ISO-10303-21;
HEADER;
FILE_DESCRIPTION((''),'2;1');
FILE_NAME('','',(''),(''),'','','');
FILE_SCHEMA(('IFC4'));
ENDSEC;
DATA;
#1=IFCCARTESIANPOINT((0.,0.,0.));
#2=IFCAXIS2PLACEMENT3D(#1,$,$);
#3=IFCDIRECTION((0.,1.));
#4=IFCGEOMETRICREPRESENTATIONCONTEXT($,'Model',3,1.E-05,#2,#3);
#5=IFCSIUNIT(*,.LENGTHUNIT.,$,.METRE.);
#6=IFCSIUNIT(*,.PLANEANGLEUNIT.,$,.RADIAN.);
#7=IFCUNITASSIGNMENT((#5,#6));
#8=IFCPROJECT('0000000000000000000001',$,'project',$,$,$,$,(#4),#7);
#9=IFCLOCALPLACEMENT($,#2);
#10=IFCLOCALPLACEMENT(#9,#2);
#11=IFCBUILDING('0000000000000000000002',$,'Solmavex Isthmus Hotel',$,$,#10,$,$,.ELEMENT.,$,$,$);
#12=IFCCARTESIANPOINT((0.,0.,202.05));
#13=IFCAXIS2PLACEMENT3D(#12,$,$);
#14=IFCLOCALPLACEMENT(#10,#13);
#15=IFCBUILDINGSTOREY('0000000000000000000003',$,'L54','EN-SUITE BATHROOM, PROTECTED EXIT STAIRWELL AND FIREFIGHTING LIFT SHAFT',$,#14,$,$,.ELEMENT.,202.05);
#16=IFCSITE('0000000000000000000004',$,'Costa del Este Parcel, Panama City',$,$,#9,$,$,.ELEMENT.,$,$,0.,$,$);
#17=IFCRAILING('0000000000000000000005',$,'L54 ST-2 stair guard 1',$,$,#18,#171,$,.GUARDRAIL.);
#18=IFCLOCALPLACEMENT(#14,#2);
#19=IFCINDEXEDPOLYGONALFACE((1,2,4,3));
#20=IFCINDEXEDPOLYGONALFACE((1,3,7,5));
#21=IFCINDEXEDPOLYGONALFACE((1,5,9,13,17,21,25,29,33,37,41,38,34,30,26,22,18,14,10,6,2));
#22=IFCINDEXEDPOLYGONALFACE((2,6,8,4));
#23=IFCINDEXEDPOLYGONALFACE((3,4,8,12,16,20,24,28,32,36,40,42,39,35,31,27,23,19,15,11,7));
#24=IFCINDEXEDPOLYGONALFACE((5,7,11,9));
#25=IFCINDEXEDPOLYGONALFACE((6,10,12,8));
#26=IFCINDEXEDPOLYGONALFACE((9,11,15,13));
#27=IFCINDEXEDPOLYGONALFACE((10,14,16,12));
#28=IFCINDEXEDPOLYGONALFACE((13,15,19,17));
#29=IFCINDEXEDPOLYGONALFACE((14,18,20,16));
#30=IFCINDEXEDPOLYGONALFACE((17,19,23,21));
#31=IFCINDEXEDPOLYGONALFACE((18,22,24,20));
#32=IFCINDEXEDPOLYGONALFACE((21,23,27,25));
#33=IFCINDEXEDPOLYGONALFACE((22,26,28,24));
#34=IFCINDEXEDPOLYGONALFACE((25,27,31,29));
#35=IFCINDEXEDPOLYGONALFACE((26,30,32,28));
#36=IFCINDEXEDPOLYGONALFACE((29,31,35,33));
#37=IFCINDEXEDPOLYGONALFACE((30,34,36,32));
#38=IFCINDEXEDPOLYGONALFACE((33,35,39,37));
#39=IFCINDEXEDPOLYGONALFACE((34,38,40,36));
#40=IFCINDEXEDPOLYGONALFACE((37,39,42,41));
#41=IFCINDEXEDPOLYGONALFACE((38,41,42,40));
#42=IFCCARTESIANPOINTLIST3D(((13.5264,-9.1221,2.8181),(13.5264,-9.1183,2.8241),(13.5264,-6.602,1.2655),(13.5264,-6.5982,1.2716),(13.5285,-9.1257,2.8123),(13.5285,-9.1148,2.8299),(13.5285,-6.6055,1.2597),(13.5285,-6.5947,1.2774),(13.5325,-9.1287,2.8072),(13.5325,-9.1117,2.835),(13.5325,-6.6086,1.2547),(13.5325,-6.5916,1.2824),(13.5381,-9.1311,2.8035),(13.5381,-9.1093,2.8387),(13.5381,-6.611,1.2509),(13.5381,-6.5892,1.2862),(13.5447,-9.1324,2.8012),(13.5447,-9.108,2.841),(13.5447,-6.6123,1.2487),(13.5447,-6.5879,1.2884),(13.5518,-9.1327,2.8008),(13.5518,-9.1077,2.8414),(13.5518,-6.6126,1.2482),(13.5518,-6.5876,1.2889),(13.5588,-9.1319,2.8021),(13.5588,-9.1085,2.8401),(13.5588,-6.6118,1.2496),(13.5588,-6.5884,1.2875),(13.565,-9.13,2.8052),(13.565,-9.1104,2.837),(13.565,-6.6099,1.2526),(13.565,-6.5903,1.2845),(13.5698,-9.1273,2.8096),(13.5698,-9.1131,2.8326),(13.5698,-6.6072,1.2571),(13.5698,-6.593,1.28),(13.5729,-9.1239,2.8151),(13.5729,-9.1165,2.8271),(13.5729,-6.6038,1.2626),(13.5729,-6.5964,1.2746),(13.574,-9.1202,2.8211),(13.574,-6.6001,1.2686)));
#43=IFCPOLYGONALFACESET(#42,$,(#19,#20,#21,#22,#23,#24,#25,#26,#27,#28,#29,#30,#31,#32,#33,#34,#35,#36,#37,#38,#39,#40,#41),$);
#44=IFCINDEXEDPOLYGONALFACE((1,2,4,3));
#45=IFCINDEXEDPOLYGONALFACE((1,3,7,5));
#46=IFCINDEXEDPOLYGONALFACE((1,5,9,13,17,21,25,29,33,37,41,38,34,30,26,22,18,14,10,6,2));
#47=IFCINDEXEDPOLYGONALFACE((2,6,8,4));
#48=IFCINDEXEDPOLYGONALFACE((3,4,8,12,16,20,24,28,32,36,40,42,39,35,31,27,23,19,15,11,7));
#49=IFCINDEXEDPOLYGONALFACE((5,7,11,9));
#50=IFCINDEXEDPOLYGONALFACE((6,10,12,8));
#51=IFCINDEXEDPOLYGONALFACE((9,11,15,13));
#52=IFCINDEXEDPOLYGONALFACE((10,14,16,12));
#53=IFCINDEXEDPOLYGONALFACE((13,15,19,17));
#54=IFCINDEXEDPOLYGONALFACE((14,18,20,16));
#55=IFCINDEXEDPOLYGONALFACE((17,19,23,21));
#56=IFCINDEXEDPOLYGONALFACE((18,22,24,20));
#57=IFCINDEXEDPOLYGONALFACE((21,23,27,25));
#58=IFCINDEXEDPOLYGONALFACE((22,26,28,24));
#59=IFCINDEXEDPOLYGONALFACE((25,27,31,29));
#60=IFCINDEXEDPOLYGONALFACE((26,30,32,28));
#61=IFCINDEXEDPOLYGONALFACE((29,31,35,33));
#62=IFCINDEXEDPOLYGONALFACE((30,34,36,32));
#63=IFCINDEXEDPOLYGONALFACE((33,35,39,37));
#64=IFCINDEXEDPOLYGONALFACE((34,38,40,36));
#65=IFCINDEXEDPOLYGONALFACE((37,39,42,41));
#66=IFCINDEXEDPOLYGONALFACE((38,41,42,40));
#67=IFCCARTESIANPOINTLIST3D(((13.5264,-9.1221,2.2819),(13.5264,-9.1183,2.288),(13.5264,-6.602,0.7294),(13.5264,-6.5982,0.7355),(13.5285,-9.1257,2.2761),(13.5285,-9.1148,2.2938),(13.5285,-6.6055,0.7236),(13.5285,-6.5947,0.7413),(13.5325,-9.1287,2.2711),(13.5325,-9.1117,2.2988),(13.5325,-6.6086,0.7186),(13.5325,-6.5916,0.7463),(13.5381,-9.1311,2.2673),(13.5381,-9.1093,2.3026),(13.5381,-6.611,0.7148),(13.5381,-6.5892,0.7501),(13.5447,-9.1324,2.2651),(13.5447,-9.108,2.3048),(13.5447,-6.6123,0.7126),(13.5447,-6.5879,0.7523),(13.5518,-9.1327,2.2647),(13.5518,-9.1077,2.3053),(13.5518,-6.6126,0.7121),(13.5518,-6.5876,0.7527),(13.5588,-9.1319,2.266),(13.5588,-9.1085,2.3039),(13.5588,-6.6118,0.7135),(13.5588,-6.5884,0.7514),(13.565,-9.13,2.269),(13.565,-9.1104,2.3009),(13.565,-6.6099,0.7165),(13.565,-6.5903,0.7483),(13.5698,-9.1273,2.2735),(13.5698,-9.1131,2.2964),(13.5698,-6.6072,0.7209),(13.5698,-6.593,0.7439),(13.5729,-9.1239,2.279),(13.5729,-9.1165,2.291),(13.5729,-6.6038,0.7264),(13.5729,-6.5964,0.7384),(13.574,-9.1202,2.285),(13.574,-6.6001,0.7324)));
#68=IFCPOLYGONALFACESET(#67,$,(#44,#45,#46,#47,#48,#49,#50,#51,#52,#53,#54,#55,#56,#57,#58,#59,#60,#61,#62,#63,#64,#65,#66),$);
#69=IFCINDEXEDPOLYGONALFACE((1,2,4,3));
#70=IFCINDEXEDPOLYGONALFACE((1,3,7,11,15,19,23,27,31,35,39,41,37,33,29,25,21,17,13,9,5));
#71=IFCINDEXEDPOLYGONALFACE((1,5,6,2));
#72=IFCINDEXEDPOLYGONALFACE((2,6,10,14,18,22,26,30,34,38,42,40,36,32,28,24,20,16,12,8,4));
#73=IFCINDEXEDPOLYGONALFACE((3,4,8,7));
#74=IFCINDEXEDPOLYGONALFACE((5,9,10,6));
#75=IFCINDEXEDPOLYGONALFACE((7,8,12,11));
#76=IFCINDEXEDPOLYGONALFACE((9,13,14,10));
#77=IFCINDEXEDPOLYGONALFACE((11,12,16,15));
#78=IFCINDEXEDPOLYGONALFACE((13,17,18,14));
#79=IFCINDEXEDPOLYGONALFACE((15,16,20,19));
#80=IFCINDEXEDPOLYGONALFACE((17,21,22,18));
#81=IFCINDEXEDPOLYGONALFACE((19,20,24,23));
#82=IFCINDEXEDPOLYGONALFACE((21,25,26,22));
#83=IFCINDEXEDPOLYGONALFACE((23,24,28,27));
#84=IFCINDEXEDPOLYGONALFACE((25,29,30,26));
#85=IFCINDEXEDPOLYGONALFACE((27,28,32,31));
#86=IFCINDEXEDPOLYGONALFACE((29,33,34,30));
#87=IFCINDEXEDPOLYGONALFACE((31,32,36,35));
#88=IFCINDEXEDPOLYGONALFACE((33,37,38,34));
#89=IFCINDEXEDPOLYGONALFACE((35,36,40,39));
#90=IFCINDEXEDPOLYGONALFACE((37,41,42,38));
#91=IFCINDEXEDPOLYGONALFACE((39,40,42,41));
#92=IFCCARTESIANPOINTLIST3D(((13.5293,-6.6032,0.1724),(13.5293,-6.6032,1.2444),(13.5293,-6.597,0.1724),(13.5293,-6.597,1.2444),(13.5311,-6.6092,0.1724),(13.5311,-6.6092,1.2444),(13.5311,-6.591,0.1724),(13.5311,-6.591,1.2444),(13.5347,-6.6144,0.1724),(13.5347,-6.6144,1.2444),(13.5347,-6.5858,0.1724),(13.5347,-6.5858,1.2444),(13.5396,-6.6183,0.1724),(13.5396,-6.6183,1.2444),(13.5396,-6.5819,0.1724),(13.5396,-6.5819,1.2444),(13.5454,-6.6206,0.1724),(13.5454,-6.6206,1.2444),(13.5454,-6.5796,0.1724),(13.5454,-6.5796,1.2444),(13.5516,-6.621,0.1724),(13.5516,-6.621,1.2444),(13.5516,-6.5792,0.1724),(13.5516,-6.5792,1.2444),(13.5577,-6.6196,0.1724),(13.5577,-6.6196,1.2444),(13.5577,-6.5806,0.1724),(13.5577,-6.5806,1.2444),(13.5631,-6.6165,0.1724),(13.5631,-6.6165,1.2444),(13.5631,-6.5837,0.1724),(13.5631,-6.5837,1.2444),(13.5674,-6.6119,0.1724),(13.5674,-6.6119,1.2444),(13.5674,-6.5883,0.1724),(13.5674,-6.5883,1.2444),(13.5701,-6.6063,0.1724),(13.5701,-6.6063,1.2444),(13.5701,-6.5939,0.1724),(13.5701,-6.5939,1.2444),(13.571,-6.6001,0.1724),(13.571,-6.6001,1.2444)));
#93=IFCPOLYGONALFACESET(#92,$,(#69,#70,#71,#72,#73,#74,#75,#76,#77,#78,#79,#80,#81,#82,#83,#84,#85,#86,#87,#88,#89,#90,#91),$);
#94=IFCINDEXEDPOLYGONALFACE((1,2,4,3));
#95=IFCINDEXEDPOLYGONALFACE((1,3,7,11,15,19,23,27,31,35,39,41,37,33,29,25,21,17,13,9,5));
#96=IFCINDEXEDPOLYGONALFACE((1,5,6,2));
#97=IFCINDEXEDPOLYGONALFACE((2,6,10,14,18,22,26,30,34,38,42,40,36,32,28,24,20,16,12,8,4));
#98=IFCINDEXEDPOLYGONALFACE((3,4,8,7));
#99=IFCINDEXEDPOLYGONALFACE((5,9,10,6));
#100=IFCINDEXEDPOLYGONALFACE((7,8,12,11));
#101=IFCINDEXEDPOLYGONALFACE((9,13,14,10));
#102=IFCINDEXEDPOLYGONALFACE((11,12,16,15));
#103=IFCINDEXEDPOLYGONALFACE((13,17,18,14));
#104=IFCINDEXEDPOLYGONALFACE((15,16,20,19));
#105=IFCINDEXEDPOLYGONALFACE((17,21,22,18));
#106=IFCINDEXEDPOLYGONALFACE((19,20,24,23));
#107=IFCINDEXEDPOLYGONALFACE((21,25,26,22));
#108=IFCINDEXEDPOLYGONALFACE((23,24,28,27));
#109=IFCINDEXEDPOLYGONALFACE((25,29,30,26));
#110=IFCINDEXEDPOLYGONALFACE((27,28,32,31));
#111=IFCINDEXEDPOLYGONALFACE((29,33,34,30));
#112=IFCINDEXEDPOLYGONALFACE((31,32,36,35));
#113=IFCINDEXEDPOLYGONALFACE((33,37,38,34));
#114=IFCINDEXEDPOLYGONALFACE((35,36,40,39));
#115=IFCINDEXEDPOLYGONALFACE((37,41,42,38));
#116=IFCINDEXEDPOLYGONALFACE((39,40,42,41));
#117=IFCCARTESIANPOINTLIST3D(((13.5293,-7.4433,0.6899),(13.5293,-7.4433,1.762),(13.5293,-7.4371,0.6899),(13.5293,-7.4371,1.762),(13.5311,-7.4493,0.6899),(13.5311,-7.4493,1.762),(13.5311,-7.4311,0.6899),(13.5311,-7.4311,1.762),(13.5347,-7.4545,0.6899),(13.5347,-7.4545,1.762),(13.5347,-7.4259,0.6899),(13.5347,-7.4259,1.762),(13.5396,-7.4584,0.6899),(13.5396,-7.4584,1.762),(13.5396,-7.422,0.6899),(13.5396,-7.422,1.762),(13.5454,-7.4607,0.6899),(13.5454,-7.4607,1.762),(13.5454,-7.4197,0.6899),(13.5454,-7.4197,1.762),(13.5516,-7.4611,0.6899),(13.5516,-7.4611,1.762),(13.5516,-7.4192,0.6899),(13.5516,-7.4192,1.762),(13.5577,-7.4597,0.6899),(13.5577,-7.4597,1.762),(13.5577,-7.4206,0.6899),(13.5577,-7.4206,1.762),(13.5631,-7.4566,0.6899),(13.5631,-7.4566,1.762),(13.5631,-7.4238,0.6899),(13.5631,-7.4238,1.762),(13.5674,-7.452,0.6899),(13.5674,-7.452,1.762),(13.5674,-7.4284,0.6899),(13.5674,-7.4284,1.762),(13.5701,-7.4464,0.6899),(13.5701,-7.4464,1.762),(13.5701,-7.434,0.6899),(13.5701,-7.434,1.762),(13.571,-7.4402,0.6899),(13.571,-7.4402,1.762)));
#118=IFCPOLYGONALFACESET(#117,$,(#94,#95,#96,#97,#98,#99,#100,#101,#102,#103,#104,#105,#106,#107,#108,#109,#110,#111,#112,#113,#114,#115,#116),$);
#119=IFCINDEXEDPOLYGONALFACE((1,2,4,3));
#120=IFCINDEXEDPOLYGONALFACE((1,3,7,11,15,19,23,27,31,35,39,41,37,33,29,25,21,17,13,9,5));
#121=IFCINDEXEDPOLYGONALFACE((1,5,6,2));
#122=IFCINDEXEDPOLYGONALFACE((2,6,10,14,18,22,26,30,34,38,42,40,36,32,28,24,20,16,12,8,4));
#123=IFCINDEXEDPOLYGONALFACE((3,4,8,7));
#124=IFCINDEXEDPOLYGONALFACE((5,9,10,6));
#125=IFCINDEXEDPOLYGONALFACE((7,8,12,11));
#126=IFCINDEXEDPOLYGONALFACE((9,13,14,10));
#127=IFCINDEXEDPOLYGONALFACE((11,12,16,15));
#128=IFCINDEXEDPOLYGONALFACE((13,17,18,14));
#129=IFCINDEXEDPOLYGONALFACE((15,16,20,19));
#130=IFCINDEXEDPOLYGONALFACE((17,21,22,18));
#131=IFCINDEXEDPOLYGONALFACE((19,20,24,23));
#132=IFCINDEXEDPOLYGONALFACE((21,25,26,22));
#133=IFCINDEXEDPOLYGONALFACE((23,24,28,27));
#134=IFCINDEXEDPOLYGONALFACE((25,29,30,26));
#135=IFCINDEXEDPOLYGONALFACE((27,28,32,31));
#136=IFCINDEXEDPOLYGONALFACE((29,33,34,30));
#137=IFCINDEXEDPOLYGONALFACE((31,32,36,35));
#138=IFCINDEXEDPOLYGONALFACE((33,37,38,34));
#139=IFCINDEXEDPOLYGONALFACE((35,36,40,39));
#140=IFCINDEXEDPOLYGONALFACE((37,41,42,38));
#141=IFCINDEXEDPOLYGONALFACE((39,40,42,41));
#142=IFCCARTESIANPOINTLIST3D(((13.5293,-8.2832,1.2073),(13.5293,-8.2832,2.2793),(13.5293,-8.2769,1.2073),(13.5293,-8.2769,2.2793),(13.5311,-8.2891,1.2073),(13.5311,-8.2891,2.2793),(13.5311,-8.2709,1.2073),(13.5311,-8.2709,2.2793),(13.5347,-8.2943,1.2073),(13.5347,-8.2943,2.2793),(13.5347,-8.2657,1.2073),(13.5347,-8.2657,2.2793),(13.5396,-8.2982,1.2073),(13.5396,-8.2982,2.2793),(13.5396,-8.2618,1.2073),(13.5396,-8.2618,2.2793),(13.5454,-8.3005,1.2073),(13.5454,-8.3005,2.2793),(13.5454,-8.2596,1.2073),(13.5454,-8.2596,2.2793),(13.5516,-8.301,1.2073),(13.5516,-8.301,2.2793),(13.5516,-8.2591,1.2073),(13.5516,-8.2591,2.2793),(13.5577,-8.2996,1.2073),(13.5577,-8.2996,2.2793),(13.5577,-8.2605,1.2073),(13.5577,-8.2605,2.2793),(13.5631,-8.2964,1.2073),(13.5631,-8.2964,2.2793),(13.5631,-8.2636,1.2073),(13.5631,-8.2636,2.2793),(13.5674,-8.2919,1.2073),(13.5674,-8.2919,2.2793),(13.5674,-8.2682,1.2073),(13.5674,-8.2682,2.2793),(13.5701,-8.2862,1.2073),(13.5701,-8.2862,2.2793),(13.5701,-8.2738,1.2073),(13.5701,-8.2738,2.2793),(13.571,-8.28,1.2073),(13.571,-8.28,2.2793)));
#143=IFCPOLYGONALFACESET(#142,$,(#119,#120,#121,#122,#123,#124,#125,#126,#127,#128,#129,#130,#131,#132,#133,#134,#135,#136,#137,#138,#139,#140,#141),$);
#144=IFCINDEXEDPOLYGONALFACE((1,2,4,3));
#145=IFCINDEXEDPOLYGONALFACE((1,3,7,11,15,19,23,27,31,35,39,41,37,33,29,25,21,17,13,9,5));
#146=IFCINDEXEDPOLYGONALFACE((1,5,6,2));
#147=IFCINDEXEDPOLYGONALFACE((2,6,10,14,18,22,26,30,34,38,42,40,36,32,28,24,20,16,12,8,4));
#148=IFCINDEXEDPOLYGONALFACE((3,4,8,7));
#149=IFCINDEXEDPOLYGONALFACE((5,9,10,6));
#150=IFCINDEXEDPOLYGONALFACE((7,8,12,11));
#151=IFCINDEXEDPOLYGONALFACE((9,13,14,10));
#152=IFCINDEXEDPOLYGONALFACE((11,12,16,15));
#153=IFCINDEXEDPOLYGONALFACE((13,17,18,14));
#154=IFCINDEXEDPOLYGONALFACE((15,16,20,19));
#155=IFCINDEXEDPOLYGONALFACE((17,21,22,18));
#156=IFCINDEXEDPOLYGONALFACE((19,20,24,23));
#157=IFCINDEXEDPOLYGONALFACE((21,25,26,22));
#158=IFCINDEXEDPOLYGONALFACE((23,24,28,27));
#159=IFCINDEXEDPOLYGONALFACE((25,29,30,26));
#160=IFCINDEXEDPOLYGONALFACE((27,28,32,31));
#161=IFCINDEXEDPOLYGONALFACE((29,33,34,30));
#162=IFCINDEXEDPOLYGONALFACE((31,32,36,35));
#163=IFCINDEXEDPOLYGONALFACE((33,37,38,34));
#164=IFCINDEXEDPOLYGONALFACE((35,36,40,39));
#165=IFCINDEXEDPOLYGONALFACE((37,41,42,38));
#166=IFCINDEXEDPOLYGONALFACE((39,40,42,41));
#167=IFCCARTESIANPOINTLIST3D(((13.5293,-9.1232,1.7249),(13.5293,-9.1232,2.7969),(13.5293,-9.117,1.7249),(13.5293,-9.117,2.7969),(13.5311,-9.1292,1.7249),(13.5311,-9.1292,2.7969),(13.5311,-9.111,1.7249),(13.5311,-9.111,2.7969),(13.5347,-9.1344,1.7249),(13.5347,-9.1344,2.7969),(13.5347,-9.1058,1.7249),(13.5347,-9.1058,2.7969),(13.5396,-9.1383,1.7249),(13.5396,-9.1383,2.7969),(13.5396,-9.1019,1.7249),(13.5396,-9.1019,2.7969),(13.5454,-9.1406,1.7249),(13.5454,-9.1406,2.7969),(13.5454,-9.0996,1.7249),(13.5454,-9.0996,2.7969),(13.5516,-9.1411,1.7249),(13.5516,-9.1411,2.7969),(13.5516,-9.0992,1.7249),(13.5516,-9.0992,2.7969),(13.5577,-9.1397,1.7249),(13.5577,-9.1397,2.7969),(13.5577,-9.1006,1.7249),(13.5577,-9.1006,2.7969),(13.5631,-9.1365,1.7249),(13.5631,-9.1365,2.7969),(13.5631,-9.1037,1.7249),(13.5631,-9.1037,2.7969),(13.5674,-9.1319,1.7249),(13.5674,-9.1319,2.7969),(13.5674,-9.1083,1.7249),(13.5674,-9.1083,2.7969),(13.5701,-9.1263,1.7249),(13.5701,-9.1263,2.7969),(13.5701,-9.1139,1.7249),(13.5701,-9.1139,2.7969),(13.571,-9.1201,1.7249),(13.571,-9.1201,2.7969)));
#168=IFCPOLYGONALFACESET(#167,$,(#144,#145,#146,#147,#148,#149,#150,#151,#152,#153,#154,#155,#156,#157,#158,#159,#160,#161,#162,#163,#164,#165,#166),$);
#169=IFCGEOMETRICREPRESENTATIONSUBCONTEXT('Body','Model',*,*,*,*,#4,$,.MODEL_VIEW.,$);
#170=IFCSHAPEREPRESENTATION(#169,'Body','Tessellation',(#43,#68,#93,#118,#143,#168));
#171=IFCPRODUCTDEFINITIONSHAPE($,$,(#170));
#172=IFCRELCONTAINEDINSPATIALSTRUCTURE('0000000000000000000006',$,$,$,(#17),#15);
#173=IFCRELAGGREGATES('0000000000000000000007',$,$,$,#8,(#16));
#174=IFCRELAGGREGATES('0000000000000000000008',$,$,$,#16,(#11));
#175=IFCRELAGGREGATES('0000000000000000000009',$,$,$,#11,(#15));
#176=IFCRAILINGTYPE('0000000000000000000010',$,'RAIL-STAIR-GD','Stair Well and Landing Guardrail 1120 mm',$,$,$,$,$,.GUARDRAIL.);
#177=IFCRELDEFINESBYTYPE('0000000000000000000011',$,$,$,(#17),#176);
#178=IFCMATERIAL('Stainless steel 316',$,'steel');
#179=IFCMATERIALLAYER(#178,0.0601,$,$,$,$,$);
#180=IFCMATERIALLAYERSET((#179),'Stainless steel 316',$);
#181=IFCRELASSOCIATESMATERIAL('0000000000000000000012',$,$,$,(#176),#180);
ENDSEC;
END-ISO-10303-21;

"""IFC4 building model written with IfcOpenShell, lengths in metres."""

from ifc_helpers import new_model, si_unit, direction, frame, origin, origin_2d, place, context, subcontext, project, spatial, circle, extrude, material, layer, layer_set, type_object, element, save


model = new_model("IFC4")

# Units and contexts
model_context = context("Model", 3, precision=1e-05, world=origin(), true_north=direction((0.0, 1.0)))
body_context = subcontext(model_context, "Body", "Model", "MODEL_VIEW")
ifc_project = project(units=[si_unit("LENGTHUNIT", "METRE"), si_unit("PLANEANGLEUNIT", "RADIAN")], contexts=[model_context])

# Site, building, storey
site_placement = place(None, origin())
site = spatial("IfcSite", under=ifc_project, at=site_placement, Name="Costa del Este Parcel, Panama City", CompositionType="ELEMENT", RefElevation=0.0)
building_placement = place(site_placement, origin())
building = spatial("IfcBuilding", under=site, at=building_placement, Name="Solmavex Isthmus Hotel", CompositionType="ELEMENT")
storey_placement = place(building_placement, frame((0.0, 0.0, 202.05)))
storey = spatial("IfcBuildingStorey", under=building, at=storey_placement, Name="L54", Description="EN-SUITE BATHROOM, PROTECTED EXIT STAIRWELL AND FIREFIGHTING LIFT SHAFT", CompositionType="ELEMENT", Elevation=202.05)

# Railing
ifc_material_1 = material(Name="Stainless steel 316", Category="steel")
ifc_layer_1 = layer(ifc_material_1, 0.0601)
ifc_layer_set_1 = layer_set([ifc_layer_1], Name="Stainless steel 316")
railing_type_1 = type_object("IfcRailingType", Name="RAIL-STAIR-GD", Description="Stair Well and Landing Guardrail 1120 mm", PredefinedType="GUARDRAIL", material=ifc_layer_set_1)
railing_1_placement = place(storey_placement, frame((13.55, -6.6001, 0.1724)))
element("IfcRailing", 1, at=railing_1_placement, inside=storey, type_object=railing_type_1, Name="L54 ST-2 stair guard 1", PredefinedType="GUARDRAIL", context=body_context, shape_type="SweptSolid", body=[
    extrude(circle(Radius=0.0239, at=origin_2d()), frame((0.0, 0.0, 1.0962), z_axis=(0.0, -0.8514, 0.524516), x_axis=(1.0, 0.0, 0.0)), (0.0, 0.0, 1.0), 2.96),
    extrude(circle(Radius=0.0239, at=origin_2d()), frame((0.0, 0.0, 0.5601), z_axis=(0.0, -0.8514, 0.524516), x_axis=(1.0, 0.0, 0.0)), (0.0, 0.0, 1.0), 2.96),
    extrude(circle(Radius=0.021, at=origin_2d()), origin(), (0.0, 0.0, 1.0), 1.072),
    extrude(circle(Radius=0.021, at=origin_2d()), frame((0.0, -0.8401, 0.5176)), (0.0, 0.0, 1.0), 1.072),
    extrude(circle(Radius=0.021, at=origin_2d()), frame((0.0, -1.6799, 1.0349)), (0.0, 0.0, 1.0), 1.072),
    extrude(circle(Radius=0.021, at=origin_2d()), frame((0.0, -2.52, 1.5525)), (0.0, 0.0, 1.0), 1.072),
])

save(model, "model.ifc")
